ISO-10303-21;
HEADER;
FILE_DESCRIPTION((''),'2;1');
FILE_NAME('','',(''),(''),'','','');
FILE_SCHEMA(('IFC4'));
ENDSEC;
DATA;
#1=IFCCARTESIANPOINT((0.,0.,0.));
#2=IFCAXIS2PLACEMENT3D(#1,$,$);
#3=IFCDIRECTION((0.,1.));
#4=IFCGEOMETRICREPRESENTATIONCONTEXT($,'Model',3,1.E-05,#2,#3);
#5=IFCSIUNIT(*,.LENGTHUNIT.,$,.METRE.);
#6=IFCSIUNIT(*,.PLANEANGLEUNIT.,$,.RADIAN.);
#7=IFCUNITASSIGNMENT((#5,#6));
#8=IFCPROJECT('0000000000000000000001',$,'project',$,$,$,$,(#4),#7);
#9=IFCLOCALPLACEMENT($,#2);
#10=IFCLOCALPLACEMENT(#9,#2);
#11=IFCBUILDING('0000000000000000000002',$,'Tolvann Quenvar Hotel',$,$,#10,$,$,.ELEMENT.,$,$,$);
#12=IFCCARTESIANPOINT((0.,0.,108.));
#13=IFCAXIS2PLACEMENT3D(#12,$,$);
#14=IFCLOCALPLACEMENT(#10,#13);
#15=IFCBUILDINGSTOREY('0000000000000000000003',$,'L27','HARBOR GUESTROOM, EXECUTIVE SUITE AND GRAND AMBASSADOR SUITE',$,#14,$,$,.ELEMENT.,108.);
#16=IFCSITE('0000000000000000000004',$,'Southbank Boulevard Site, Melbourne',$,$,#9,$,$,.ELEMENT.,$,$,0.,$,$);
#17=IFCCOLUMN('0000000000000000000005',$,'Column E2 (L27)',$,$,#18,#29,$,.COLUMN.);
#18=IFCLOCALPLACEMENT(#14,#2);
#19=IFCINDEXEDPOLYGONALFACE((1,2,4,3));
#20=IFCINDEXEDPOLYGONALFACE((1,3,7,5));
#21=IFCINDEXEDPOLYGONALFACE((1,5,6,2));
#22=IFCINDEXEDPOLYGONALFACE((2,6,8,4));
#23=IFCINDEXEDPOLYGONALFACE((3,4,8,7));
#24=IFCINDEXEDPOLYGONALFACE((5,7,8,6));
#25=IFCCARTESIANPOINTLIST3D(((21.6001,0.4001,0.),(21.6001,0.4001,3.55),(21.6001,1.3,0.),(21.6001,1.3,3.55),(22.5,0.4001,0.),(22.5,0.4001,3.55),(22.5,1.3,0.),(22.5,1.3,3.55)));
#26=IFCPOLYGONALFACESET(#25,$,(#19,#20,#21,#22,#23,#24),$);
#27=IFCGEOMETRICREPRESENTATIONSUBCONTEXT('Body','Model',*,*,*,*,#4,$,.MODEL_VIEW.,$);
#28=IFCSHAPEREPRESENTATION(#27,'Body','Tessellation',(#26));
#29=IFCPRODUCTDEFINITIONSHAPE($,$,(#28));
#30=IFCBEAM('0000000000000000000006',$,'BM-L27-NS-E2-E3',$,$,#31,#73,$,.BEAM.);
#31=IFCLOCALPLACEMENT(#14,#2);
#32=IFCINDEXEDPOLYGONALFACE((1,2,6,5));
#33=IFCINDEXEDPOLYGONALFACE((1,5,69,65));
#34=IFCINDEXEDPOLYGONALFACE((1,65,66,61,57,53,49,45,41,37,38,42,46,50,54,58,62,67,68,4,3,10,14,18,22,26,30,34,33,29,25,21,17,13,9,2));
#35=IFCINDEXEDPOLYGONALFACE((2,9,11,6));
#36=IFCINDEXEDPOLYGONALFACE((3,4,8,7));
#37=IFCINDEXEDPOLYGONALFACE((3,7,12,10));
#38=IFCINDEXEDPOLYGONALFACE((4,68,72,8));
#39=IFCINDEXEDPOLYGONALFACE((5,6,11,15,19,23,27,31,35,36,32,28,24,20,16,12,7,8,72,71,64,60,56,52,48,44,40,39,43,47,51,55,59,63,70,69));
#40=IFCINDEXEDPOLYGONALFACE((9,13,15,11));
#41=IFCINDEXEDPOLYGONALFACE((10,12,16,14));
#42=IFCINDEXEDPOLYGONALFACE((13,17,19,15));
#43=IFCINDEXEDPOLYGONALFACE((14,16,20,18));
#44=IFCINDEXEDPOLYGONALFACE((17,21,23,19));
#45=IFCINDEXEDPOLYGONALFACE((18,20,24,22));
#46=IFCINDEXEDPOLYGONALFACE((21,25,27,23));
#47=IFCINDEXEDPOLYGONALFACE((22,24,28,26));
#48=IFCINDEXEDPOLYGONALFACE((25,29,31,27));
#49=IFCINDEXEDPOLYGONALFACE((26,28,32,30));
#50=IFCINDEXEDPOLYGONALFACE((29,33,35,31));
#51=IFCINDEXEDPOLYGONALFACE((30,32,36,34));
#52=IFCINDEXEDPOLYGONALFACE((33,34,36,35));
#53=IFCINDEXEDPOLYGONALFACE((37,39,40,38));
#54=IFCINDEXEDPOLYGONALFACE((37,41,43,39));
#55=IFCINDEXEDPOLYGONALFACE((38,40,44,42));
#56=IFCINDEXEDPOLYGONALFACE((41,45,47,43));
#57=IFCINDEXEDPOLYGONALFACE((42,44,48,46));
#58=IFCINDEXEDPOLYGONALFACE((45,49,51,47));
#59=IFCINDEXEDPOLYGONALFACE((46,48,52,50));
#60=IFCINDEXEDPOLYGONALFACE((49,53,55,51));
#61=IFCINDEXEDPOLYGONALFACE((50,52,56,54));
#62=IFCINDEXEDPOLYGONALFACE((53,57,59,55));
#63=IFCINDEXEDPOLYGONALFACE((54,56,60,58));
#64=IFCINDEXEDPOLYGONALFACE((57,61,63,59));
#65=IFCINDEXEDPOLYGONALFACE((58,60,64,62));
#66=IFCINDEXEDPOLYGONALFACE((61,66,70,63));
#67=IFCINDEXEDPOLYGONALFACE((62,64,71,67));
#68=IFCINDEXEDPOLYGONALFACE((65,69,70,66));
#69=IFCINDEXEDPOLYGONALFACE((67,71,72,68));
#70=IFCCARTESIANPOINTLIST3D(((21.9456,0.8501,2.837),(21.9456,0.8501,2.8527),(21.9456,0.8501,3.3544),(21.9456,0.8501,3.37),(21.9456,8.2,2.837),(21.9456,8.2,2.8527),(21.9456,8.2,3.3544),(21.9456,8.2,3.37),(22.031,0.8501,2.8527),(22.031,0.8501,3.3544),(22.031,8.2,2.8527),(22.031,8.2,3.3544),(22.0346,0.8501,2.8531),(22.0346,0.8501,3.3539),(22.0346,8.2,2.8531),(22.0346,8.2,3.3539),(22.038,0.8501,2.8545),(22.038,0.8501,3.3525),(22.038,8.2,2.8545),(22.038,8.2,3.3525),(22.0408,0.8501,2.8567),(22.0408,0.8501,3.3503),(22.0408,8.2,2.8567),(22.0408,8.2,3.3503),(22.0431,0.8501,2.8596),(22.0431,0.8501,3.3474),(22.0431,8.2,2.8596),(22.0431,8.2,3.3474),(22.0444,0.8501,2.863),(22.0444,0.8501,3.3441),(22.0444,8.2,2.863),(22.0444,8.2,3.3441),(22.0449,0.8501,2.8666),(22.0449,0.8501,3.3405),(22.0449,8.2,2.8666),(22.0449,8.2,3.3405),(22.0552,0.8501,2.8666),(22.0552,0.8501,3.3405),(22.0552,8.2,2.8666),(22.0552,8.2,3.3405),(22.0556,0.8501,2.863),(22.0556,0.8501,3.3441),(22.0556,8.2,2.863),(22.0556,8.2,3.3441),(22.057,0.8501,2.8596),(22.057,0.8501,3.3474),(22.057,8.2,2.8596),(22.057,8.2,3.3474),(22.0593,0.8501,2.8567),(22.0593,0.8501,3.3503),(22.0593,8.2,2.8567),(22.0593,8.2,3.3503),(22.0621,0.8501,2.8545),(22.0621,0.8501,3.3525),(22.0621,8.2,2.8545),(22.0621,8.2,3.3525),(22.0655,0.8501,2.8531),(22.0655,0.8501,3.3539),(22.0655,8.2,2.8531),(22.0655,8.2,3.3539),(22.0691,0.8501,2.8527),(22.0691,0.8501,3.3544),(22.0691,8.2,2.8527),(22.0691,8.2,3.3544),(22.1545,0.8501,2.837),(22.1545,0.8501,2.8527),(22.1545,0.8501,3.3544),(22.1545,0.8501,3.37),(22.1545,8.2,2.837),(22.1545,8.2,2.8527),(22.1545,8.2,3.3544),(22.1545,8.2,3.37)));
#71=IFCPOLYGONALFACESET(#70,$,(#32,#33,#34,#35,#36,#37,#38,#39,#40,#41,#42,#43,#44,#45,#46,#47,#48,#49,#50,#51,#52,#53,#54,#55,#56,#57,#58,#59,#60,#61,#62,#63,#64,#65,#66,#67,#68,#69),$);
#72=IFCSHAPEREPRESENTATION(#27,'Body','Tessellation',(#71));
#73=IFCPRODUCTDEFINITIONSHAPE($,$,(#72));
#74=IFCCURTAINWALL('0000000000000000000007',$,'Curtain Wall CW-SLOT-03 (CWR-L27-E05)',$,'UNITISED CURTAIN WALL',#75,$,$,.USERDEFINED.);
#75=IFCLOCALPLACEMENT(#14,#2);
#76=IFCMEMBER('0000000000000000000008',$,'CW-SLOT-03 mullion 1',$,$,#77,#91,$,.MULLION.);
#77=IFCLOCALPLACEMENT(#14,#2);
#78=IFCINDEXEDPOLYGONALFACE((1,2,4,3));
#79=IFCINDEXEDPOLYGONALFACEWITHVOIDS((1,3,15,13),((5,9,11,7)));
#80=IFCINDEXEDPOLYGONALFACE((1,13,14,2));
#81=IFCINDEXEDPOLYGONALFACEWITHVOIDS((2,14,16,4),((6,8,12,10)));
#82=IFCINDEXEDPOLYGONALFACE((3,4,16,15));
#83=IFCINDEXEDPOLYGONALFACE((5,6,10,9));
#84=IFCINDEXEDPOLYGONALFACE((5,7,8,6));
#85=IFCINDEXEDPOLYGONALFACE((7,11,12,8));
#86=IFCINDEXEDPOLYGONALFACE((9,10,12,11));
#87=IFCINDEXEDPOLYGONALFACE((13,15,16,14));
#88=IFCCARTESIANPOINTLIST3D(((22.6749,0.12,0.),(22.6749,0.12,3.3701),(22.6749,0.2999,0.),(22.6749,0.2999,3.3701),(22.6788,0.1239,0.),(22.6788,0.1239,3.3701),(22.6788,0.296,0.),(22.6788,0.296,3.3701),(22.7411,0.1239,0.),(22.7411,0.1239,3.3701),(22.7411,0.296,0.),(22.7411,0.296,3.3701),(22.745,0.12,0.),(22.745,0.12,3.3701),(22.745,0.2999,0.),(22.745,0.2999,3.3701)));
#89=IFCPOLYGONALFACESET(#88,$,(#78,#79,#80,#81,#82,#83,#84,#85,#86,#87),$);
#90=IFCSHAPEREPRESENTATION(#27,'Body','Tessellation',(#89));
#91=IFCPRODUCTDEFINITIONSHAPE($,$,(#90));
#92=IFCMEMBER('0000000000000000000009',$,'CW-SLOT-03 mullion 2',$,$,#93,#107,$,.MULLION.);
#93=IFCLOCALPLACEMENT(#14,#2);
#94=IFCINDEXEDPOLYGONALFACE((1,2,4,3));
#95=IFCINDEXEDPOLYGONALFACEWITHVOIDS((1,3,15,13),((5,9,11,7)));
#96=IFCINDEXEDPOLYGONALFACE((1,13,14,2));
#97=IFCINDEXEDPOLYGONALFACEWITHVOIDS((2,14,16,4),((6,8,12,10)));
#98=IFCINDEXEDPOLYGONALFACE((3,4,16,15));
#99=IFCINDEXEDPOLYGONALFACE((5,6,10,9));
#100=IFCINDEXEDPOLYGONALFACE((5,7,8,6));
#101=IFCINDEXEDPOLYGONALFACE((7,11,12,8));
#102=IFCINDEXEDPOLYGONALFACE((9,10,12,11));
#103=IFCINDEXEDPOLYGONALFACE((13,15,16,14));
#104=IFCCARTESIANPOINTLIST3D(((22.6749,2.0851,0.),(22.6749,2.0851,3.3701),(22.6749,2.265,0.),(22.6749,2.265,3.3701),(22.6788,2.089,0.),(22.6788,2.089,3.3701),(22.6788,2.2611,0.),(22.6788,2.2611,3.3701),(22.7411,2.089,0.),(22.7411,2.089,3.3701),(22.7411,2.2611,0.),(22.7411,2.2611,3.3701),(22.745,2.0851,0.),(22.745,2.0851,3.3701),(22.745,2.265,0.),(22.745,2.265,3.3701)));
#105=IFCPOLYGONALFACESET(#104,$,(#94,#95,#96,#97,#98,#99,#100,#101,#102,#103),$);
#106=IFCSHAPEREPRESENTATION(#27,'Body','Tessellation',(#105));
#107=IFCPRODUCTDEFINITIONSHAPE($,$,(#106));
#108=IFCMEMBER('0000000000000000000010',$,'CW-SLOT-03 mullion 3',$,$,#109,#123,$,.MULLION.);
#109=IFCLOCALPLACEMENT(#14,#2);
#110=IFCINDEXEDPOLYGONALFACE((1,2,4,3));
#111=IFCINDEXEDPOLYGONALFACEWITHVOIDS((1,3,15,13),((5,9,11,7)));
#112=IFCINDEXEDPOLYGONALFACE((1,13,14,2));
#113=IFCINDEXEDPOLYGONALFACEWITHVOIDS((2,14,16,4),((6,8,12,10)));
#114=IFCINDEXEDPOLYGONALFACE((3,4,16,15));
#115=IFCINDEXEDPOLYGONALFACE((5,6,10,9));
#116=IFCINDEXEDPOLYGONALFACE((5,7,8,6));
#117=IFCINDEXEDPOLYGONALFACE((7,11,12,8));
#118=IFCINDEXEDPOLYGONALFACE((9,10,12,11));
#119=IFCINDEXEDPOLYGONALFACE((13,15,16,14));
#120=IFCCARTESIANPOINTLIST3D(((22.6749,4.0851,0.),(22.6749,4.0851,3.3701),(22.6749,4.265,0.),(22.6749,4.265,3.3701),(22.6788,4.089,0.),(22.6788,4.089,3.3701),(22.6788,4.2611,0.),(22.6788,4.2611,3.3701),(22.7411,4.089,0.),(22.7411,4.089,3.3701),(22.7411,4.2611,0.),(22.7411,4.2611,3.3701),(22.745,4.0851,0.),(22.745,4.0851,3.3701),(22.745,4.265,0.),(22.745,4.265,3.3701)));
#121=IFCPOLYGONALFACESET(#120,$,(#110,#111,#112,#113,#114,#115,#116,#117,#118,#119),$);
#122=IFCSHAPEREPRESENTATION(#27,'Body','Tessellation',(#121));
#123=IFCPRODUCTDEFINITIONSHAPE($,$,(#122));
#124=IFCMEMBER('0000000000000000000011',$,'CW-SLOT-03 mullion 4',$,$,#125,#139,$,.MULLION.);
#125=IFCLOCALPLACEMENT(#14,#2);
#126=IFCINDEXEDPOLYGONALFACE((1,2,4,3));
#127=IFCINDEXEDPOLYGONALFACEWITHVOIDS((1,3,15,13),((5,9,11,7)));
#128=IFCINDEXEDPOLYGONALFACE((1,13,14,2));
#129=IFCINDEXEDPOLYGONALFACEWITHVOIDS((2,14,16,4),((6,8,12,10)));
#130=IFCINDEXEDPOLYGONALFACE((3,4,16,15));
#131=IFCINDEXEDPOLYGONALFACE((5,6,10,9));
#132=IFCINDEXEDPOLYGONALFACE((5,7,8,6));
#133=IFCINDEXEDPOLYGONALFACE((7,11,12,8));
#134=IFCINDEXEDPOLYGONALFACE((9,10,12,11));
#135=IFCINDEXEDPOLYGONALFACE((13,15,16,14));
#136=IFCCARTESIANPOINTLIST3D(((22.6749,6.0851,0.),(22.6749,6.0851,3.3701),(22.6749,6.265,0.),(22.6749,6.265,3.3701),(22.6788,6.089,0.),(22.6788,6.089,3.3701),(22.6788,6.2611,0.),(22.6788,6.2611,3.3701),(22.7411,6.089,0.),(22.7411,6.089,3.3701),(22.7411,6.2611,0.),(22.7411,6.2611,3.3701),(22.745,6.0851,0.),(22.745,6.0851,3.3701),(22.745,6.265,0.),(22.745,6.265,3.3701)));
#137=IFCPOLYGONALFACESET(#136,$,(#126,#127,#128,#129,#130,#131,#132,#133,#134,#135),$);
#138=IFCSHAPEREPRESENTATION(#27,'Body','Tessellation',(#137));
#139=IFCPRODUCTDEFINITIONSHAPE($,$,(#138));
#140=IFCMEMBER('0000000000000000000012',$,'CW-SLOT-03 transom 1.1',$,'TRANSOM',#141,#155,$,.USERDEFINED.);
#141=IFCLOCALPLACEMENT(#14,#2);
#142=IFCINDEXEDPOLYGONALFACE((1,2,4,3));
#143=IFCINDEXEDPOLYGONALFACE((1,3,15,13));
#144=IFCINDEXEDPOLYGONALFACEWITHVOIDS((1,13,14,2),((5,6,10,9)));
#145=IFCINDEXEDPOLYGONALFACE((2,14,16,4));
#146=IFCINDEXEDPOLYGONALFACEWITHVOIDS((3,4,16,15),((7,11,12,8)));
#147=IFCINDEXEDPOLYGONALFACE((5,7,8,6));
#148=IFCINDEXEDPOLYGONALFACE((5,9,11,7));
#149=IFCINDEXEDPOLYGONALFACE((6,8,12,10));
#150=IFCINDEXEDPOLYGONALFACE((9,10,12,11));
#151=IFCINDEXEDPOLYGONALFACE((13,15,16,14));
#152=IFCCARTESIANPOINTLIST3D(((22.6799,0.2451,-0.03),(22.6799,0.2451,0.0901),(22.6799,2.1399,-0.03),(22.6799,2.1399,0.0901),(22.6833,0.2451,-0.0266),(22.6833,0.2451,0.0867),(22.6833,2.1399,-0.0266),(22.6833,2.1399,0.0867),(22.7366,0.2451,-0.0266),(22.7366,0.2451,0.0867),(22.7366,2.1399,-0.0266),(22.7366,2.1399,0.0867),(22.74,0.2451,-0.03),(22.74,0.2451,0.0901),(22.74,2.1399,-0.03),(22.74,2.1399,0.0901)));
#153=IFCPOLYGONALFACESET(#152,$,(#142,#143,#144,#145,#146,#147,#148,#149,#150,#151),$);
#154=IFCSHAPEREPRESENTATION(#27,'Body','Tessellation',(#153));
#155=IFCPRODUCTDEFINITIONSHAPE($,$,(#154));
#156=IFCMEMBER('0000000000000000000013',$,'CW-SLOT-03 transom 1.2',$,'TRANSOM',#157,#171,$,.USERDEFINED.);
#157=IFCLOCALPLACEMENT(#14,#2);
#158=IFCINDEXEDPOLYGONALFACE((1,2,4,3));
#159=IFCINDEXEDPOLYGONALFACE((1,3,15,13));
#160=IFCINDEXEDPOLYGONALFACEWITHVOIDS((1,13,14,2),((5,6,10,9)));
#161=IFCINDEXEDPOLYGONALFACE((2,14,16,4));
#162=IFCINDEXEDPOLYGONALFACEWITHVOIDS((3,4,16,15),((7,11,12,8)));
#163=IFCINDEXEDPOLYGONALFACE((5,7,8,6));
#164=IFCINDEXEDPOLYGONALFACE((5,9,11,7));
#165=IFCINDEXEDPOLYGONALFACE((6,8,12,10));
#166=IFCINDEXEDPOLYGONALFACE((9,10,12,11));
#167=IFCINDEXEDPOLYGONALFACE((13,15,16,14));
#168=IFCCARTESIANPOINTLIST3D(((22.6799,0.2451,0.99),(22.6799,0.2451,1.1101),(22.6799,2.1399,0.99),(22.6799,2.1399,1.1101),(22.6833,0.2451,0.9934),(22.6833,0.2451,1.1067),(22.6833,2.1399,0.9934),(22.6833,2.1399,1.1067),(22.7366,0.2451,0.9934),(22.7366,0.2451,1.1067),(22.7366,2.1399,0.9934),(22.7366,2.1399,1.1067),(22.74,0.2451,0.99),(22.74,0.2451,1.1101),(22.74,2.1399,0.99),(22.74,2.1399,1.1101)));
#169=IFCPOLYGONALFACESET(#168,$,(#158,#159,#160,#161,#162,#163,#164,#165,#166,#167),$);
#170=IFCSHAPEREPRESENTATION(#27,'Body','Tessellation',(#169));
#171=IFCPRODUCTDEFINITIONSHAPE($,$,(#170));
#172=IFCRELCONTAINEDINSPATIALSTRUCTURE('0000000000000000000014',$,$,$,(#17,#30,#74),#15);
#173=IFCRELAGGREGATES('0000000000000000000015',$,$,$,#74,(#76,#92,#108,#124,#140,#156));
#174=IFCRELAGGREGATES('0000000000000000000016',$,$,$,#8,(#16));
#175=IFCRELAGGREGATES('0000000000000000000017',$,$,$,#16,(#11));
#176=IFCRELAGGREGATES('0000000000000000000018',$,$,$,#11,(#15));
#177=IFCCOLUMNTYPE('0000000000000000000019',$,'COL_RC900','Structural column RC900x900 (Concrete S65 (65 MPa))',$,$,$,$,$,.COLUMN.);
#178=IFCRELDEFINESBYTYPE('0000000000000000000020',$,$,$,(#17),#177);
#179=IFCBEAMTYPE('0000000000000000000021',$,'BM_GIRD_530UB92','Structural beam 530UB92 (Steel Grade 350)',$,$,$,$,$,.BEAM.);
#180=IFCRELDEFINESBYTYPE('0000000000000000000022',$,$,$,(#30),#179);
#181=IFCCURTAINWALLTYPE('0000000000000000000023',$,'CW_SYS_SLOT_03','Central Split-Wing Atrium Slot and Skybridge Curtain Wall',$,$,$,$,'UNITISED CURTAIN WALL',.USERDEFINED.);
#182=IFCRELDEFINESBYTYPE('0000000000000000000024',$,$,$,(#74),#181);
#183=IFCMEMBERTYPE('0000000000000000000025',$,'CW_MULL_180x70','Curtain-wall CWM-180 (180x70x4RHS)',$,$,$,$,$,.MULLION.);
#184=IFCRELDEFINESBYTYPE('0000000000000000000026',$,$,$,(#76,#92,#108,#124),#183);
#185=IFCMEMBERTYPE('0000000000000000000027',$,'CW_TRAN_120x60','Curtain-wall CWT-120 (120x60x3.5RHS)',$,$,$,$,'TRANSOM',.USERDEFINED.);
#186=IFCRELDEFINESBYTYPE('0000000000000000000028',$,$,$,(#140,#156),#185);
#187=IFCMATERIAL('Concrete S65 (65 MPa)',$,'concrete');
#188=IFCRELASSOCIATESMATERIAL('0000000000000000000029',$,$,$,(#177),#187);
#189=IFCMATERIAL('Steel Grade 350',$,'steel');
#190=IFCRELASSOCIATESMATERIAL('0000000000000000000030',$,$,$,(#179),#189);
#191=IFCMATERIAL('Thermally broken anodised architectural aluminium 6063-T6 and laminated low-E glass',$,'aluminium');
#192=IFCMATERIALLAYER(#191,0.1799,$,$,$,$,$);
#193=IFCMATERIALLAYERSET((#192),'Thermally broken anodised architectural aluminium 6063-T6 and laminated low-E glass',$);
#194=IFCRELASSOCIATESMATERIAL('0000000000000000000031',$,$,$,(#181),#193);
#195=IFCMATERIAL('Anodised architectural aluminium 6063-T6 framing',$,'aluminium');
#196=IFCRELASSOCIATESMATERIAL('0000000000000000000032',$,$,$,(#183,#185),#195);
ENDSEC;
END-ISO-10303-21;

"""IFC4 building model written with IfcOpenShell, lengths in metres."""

from ifc_helpers import new_model, si_unit, direction, frame, origin, origin_2d, place, context, subcontext, project, spatial, rectangle, hollow_rectangle, i_section, extrude, source, transform, mapped, material, layer, layer_set, material_profile, profile_set, type_object, type_shapes, element, aggregate, save


model = new_model("IFC4")

# Units and contexts
model_context = context("Model", 3, precision=1e-05, world=origin(), true_north=direction((0.0, 1.0)))
body_context = subcontext(model_context, "Body", "Model", "MODEL_VIEW")
ifc_project = project(units=[si_unit("LENGTHUNIT", "METRE"), si_unit("PLANEANGLEUNIT", "RADIAN")], contexts=[model_context])

# Site, building, storey
site_placement = place(None, origin())
site = spatial("IfcSite", under=ifc_project, at=site_placement, Name="Southbank Boulevard Site, Melbourne", CompositionType="ELEMENT", RefElevation=0.0)
building_placement = place(site_placement, origin())
building = spatial("IfcBuilding", under=site, at=building_placement, Name="Tolvann Quenvar Hotel", CompositionType="ELEMENT")
storey_placement = place(building_placement, frame((0.0, 0.0, 108.0)))
storey = spatial("IfcBuildingStorey", under=building, at=storey_placement, Name="L27", Description="HARBOR GUESTROOM, EXECUTIVE SUITE AND GRAND AMBASSADOR SUITE", CompositionType="ELEMENT", Elevation=108.0)

# Column
ifc_material_1 = material(Name="Concrete S65 (65 MPa)", Category="concrete")
ifc_material_profile_1 = material_profile(ifc_material_1, rectangle(XDim=0.8999, YDim=0.8999, at=origin_2d()), Name="RC900x900")
ifc_profile_set_1 = profile_set([ifc_material_profile_1], Name="Concrete S65 (65 MPa)")
column_type = type_object("IfcColumnType", Name="COL_RC900", Description="Structural column RC900x900 (Concrete S65 (65 MPa))", PredefinedType="COLUMN", material=ifc_profile_set_1)
shared_shape_1 = source(origin(), body_context, "Body", "SweptSolid", [
    extrude(rectangle(XDim=0.8999, YDim=0.8999, at=origin_2d()), origin(), (0.0, 0.0, 1.0), 3.55),
])
type_shapes(column_type, [shared_shape_1])
column_placement = place(storey_placement, frame((22.05, 0.8501, 0.0), z_axis=(0.0, 0.0, 1.0), x_axis=(1.0, 0.0, 0.0)))
element("IfcColumn", 1, at=column_placement, inside=storey, type_object=column_type, Name="Column E2 (L27)", PredefinedType="COLUMN", context=body_context, shape_type="MappedRepresentation", body=[
    mapped(shared_shape_1, transform((0.0, 0.0, 0.0), x_axis=(1.0, 0.0, 0.0), y_axis=(0.0, 1.0, 0.0), z_axis=(0.0, 0.0, 1.0), scale=1.0)),
])

# Beam
ifc_material_2 = material(Name="Steel Grade 350", Category="steel")
ifc_material_profile_2 = material_profile(ifc_material_2, i_section(OverallWidth=0.209, OverallDepth=0.533, WebThickness=0.0103, FlangeThickness=0.0156, FilletRadius=0.0139, at=origin_2d()), Name="530UB92")
ifc_profile_set_2 = profile_set([ifc_material_profile_2], Name="Steel Grade 350")
beam_type = type_object("IfcBeamType", Name="BM_GIRD_530UB92", Description="Structural beam 530UB92 (Steel Grade 350)", PredefinedType="BEAM", material=ifc_profile_set_2)
shared_shape_2 = source(origin(), body_context, "Body", "SweptSolid", [
    extrude(i_section(OverallWidth=0.209, OverallDepth=0.533, WebThickness=0.0103, FlangeThickness=0.0156, FilletRadius=0.0139, at=origin_2d()), origin(), (0.0, 0.0, 1.0), 7.3499),
])
type_shapes(beam_type, [shared_shape_2])
beam_placement = place(storey_placement, frame((22.05, 0.8501, 3.1035), z_axis=(0.0, 1.0, 0.0), x_axis=(-1.0, 0.0, 0.0)))
element("IfcBeam", 2, at=beam_placement, inside=storey, type_object=beam_type, Name="BM-L27-NS-E2-E3", PredefinedType="BEAM", context=body_context, shape_type="MappedRepresentation", body=[
    mapped(shared_shape_2, transform((0.0, 0.0, 0.0), x_axis=(1.0, 0.0, 0.0), y_axis=(0.0, 1.0, 0.0), z_axis=(0.0, 0.0, 1.0), scale=1.0)),
])

# Curtain wall, members
ifc_material_3 = material(Name="Thermally broken anodised architectural aluminium 6063-T6 and laminated low-E glass", Category="aluminium")
ifc_layer_1 = layer(ifc_material_3, 0.1799)
ifc_layer_set_1 = layer_set([ifc_layer_1], Name="Thermally broken anodised architectural aluminium 6063-T6 and laminated low-E glass")
curtain_wall_type = type_object("IfcCurtainWallType", Name="CW_SYS_SLOT_03", Description="Central Split-Wing Atrium Slot and Skybridge Curtain Wall", ElementType="UNITISED CURTAIN WALL", PredefinedType="USERDEFINED", material=ifc_layer_set_1)
curtain_wall_placement = place(storey_placement, origin())
curtain_wall = element("IfcCurtainWall", 3, at=curtain_wall_placement, inside=storey, type_object=curtain_wall_type, Name="Curtain Wall CW-SLOT-03 (CWR-L27-E05)", ObjectType="UNITISED CURTAIN WALL", PredefinedType="USERDEFINED")
ifc_material_4 = material(Name="Anodised architectural aluminium 6063-T6 framing", Category="aluminium")
ifc_material_profile_3 = material_profile(ifc_material_4, hollow_rectangle(XDim=0.0701, YDim=0.1799, WallThickness=0.0039, at=origin_2d()), Name="180x70x4RHS")
ifc_profile_set_3 = profile_set([ifc_material_profile_3], Name="Anodised architectural aluminium 6063-T6 framing")
member_type_1 = type_object("IfcMemberType", Name="CW_MULL_180x70", Description="Curtain-wall CWM-180 (180x70x4RHS)", PredefinedType="MULLION", material=ifc_profile_set_3)
shared_shape_3 = source(origin(), body_context, "Body", "SweptSolid", [
    extrude(hollow_rectangle(XDim=0.0701, YDim=0.1799, WallThickness=0.0039, at=origin_2d()), origin(), (0.0, 0.0, 1.0), 3.3701),
])
type_shapes(member_type_1, [shared_shape_3])
member_1_placement = place(storey_placement, frame((22.71, 0.21, 0.0), z_axis=(0.0, 0.0, 1.0), x_axis=(-1.0, 0.0, 0.0)))
member_1 = element("IfcMember", 4, at=member_1_placement, type_object=member_type_1, Name="CW-SLOT-03 mullion 1", PredefinedType="MULLION", context=body_context, shape_type="MappedRepresentation", body=[
    mapped(shared_shape_3, transform((0.0, 0.0, 0.0), x_axis=(1.0, 0.0, 0.0), y_axis=(0.0, 1.0, 0.0), z_axis=(0.0, 0.0, 1.0), scale=1.0)),
])
member_2_placement = place(storey_placement, frame((22.71, 2.175, 0.0), z_axis=(0.0, 0.0, 1.0), x_axis=(-1.0, 0.0, 0.0)))
member_2 = element("IfcMember", 5, at=member_2_placement, type_object=member_type_1, Name="CW-SLOT-03 mullion 2", PredefinedType="MULLION", context=body_context, shape_type="MappedRepresentation", body=[
    mapped(shared_shape_3, transform((0.0, 0.0, 0.0), x_axis=(1.0, 0.0, 0.0), y_axis=(0.0, 1.0, 0.0), z_axis=(0.0, 0.0, 1.0), scale=1.0)),
])
member_3_placement = place(storey_placement, frame((22.71, 4.175, 0.0), z_axis=(0.0, 0.0, 1.0), x_axis=(-1.0, 0.0, 0.0)))
member_3 = element("IfcMember", 6, at=member_3_placement, type_object=member_type_1, Name="CW-SLOT-03 mullion 3", PredefinedType="MULLION", context=body_context, shape_type="MappedRepresentation", body=[
    mapped(shared_shape_3, transform((0.0, 0.0, 0.0), x_axis=(1.0, 0.0, 0.0), y_axis=(0.0, 1.0, 0.0), z_axis=(0.0, 0.0, 1.0), scale=1.0)),
])
member_4_placement = place(storey_placement, frame((22.71, 6.175, 0.0), z_axis=(0.0, 0.0, 1.0), x_axis=(-1.0, 0.0, 0.0)))
member_4 = element("IfcMember", 7, at=member_4_placement, type_object=member_type_1, Name="CW-SLOT-03 mullion 4", PredefinedType="MULLION", context=body_context, shape_type="MappedRepresentation", body=[
    mapped(shared_shape_3, transform((0.0, 0.0, 0.0), x_axis=(1.0, 0.0, 0.0), y_axis=(0.0, 1.0, 0.0), z_axis=(0.0, 0.0, 1.0), scale=1.0)),
])
ifc_material_profile_4 = material_profile(ifc_material_4, hollow_rectangle(XDim=0.0601, YDim=0.1201, WallThickness=0.0034, at=origin_2d()), Name="120x60x3.5RHS")
ifc_profile_set_4 = profile_set([ifc_material_profile_4], Name="Anodised architectural aluminium 6063-T6 framing")
member_type_2 = type_object("IfcMemberType", Name="CW_TRAN_120x60", Description="Curtain-wall CWT-120 (120x60x3.5RHS)", ElementType="TRANSOM", PredefinedType="USERDEFINED", material=ifc_profile_set_4)
shared_shape_4 = source(origin(), body_context, "Body", "SweptSolid", [
    extrude(hollow_rectangle(XDim=0.0601, YDim=0.1201, WallThickness=0.0034, at=origin_2d()), origin(), (0.0, 0.0, 1.0), 1.8948),
])
member_5_placement = place(storey_placement, frame((22.71, 0.2451, 0.03), z_axis=(0.0, 1.0, 0.0), x_axis=(-1.0, 0.0, 0.0)))
member_5 = element("IfcMember", 8, at=member_5_placement, type_object=member_type_2, Name="CW-SLOT-03 transom 1.1", ObjectType="TRANSOM", PredefinedType="USERDEFINED", context=body_context, shape_type="MappedRepresentation", body=[
    mapped(shared_shape_4, transform((0.0, 0.0, 0.0), x_axis=(1.0, 0.0, 0.0), y_axis=(0.0, 1.0, 0.0), z_axis=(0.0, 0.0, 1.0), scale=1.0)),
])
member_6_placement = place(storey_placement, frame((22.71, 0.2451, 1.05), z_axis=(0.0, 1.0, 0.0), x_axis=(-1.0, 0.0, 0.0)))
member_6 = element("IfcMember", 9, at=member_6_placement, type_object=member_type_2, Name="CW-SLOT-03 transom 1.2", ObjectType="TRANSOM", PredefinedType="USERDEFINED", context=body_context, shape_type="MappedRepresentation", body=[
    mapped(shared_shape_4, transform((0.0, 0.0, 0.0), x_axis=(1.0, 0.0, 0.0), y_axis=(0.0, 1.0, 0.0), z_axis=(0.0, 0.0, 1.0), scale=1.0)),
])
aggregate(curtain_wall, [member_1, member_2, member_3, member_4, member_5, member_6])

save(model, "model.ifc")
